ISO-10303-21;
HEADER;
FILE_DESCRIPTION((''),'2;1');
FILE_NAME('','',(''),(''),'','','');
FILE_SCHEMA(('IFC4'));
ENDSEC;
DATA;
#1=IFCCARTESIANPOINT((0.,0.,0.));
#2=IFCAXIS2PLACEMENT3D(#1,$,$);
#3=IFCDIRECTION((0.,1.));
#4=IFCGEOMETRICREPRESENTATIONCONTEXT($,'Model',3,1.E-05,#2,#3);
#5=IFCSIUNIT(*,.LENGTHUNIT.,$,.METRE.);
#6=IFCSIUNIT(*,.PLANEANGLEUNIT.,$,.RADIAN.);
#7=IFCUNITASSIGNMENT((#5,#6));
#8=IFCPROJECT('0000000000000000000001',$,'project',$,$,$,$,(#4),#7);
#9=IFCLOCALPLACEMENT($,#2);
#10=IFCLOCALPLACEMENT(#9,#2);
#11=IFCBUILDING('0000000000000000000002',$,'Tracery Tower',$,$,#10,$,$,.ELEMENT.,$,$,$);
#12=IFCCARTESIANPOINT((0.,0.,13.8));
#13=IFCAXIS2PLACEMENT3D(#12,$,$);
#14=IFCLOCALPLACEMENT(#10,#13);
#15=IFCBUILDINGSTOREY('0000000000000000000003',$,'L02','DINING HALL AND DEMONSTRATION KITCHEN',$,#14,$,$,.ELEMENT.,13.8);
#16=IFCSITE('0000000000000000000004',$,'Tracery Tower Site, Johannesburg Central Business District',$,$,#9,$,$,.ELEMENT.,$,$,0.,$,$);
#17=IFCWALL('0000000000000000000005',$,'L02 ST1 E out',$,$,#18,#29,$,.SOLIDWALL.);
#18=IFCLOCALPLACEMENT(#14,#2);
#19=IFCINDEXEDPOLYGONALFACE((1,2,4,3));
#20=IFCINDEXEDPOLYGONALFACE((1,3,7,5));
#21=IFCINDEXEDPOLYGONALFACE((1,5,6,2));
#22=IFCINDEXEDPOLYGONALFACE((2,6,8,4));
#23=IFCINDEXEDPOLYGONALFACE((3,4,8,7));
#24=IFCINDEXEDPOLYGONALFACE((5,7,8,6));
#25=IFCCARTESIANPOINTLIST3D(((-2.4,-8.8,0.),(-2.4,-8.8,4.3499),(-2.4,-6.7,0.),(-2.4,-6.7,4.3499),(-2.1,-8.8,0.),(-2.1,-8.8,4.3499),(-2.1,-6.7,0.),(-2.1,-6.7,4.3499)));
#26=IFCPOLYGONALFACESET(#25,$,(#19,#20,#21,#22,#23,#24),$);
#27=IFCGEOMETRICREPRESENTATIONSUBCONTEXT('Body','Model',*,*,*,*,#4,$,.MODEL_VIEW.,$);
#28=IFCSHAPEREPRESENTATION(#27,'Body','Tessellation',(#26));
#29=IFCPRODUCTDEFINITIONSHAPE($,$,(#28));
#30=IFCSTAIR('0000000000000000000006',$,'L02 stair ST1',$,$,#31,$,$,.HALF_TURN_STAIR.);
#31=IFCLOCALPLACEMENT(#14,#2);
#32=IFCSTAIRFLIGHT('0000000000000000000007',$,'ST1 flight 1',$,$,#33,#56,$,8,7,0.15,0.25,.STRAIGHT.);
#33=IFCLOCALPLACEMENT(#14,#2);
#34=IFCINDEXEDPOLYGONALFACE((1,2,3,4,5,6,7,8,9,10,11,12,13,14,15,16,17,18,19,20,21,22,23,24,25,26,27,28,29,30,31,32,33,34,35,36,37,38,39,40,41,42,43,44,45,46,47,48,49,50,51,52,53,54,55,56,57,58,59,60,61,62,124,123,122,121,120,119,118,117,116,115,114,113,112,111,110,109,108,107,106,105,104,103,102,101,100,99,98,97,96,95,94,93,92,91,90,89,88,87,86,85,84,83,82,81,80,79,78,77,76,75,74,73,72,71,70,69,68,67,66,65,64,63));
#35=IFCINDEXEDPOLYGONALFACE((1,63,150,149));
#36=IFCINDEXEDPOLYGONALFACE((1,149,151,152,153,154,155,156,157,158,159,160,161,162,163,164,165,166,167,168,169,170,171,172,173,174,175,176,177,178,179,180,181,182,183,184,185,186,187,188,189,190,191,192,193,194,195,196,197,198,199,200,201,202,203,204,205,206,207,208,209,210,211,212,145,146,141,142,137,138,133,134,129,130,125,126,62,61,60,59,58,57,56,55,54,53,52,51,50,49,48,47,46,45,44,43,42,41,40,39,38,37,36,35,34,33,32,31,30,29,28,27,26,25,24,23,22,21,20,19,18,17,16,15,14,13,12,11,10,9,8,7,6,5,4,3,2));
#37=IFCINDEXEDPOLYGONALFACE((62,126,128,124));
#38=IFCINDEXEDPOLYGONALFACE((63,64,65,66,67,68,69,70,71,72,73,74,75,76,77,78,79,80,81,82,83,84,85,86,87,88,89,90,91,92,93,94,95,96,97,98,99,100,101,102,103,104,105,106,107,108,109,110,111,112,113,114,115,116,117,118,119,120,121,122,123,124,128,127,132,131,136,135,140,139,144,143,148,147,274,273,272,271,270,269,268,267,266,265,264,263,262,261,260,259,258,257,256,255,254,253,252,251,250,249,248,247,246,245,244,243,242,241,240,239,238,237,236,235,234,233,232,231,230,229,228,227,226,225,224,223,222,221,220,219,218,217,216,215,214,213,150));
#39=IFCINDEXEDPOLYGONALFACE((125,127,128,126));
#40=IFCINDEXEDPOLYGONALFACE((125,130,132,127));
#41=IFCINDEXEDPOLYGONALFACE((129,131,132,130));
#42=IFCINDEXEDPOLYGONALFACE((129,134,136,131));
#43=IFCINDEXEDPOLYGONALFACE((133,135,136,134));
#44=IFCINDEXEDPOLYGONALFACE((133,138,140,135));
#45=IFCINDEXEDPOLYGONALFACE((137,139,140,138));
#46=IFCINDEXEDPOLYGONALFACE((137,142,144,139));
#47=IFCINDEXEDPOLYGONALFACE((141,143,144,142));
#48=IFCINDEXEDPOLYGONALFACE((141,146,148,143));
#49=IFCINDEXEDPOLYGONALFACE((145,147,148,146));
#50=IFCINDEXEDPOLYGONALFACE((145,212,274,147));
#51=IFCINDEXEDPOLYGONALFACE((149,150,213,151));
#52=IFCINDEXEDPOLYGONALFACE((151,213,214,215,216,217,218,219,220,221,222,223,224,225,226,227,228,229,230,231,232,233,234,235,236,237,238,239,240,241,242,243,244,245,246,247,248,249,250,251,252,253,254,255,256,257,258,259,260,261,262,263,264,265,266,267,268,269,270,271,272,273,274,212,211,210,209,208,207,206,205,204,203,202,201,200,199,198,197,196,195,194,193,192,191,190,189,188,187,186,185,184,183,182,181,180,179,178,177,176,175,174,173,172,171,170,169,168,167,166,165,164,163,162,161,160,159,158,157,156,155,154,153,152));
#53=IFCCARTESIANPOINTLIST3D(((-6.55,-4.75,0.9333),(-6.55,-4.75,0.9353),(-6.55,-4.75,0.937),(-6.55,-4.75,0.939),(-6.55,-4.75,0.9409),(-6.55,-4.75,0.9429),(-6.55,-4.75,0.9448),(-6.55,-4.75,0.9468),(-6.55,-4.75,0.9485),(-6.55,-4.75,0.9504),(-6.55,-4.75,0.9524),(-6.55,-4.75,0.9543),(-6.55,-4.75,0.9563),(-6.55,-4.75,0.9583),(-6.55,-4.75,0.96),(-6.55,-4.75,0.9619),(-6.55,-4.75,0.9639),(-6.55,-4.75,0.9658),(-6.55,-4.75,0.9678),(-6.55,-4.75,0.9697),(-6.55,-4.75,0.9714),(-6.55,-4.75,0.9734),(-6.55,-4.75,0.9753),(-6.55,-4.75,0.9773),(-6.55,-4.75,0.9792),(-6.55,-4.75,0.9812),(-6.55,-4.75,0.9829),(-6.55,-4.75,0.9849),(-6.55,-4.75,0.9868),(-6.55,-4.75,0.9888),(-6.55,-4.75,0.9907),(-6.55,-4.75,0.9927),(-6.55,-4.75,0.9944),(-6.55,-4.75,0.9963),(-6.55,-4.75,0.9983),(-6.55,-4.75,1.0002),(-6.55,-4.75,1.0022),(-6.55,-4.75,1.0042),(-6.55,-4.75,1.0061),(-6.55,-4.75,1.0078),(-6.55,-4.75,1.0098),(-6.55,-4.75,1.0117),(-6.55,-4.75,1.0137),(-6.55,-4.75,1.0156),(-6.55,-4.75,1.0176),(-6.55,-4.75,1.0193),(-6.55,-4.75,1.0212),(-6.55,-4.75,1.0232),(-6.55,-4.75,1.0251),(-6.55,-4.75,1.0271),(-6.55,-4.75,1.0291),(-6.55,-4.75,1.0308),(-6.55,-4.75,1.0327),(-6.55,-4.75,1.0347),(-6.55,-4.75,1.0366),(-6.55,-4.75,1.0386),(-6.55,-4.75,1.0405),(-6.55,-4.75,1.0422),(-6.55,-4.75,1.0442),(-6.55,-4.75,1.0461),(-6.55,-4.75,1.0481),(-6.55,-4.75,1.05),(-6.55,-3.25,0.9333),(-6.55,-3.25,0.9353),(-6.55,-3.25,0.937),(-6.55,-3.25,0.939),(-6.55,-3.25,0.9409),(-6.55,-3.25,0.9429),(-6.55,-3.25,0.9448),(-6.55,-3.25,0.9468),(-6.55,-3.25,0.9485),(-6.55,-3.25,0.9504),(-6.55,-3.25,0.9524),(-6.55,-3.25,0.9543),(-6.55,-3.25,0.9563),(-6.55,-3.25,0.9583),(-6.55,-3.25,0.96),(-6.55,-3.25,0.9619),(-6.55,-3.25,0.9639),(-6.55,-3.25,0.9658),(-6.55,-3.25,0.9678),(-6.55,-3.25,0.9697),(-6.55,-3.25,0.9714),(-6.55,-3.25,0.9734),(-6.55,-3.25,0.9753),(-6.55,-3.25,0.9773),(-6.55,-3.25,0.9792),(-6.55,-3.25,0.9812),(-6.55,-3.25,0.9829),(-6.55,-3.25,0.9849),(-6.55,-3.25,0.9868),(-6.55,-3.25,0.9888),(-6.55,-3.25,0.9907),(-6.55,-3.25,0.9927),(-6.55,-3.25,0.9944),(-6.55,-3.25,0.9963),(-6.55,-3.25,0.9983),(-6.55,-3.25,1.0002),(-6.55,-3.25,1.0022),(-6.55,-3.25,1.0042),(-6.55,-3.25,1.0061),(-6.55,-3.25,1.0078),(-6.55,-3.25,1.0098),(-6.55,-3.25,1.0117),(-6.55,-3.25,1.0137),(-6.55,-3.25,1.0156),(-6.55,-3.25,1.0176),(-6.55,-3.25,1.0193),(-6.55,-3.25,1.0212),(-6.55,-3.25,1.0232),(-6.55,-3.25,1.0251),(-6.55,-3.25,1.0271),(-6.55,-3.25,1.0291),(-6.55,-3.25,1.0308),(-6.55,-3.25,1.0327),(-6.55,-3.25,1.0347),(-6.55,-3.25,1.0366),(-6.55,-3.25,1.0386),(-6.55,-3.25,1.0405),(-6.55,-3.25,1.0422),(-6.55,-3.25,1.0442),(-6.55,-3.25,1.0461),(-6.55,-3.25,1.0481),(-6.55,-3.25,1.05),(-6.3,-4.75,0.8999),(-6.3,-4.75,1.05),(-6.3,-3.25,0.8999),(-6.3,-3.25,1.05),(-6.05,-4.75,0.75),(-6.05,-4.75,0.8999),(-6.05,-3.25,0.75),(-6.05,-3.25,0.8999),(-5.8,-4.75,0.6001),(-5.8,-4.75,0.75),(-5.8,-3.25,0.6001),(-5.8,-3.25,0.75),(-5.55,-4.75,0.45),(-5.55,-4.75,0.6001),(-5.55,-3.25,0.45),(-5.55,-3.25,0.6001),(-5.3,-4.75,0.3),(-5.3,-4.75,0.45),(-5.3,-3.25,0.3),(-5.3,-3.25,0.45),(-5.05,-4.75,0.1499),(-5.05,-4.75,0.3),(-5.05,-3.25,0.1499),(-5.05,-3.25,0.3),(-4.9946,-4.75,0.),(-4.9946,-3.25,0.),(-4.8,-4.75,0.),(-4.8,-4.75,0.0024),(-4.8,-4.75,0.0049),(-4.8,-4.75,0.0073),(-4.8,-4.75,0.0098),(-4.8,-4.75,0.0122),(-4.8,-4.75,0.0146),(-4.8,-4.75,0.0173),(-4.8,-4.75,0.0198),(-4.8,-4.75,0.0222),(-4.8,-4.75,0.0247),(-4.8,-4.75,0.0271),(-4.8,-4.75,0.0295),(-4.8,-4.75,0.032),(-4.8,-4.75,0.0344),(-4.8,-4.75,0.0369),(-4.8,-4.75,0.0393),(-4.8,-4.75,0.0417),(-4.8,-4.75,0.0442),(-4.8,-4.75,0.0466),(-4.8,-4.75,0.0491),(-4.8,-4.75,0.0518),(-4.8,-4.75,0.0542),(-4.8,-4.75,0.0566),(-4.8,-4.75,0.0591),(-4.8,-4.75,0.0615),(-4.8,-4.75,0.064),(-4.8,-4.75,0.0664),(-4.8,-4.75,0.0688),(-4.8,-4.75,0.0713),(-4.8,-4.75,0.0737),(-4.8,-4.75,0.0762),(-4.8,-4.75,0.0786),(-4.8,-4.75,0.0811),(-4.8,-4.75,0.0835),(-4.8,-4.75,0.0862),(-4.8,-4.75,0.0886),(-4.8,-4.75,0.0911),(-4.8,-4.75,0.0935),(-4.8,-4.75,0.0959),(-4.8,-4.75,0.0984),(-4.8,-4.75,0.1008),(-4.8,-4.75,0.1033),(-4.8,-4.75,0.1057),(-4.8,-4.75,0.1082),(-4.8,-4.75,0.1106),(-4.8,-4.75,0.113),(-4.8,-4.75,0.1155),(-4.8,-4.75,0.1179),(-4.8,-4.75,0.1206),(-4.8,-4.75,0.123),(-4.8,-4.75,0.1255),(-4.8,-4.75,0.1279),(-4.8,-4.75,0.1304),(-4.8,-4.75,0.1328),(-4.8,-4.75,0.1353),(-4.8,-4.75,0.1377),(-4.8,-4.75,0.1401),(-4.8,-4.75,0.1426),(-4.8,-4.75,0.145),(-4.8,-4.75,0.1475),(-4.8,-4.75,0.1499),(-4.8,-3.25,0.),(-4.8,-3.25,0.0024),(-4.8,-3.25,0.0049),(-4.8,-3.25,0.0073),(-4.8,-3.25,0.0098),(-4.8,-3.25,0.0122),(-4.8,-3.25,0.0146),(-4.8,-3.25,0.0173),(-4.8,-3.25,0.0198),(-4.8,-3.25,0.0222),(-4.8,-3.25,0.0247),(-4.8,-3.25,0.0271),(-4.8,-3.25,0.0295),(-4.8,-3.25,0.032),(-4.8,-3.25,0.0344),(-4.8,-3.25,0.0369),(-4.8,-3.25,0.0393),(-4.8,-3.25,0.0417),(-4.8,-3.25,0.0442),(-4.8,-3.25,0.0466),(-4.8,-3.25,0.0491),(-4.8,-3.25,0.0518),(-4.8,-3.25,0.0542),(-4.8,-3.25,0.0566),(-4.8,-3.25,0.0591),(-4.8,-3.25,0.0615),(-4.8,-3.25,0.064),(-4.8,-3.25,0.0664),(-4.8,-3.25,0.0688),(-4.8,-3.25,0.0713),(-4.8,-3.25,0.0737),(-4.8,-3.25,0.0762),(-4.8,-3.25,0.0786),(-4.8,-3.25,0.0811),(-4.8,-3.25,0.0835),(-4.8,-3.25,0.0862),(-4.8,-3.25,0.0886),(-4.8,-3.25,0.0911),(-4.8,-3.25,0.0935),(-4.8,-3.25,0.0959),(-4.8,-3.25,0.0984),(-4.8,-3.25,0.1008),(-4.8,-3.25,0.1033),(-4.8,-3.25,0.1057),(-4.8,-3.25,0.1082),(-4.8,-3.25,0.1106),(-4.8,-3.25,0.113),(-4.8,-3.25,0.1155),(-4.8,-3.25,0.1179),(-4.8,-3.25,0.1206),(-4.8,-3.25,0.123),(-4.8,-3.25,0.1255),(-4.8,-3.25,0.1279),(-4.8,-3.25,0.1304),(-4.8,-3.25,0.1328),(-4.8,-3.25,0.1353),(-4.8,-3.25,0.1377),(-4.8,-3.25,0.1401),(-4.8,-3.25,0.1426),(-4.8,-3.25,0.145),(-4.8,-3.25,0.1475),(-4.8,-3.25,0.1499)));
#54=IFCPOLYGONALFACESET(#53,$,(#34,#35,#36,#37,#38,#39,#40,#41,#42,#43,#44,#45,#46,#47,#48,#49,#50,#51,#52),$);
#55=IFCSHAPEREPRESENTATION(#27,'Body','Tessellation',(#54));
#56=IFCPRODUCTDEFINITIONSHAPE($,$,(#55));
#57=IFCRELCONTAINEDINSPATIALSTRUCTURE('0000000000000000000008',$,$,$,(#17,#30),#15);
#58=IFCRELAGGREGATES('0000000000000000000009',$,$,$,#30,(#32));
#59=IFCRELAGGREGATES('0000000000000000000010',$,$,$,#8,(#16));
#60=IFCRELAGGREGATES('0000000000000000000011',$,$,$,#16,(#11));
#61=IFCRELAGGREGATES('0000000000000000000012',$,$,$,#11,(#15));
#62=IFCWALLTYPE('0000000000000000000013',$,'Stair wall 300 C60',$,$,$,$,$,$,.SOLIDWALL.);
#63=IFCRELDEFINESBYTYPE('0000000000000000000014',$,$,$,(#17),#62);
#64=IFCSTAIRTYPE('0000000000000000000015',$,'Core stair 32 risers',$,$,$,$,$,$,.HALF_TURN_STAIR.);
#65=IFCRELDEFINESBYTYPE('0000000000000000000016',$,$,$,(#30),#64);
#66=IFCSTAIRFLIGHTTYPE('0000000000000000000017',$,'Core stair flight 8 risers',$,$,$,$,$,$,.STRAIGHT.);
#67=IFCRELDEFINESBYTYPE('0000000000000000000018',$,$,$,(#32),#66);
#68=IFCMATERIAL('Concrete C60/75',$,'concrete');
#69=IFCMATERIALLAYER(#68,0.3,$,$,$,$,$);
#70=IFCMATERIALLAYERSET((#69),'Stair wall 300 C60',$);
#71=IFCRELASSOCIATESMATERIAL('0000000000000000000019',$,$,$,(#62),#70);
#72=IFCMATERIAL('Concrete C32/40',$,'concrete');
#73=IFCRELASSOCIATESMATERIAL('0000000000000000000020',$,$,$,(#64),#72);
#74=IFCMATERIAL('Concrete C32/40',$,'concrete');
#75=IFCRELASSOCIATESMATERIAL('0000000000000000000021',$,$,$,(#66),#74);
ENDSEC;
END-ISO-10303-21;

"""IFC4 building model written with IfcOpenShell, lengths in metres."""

from ifc_helpers import new_model, si_unit, direction, frame, frame_2d, origin, place, context, subcontext, project, spatial, polyline, rectangle, outline, extrude, material, layer, layer_set, type_object, element, aggregate, save


model = new_model("IFC4")

# Units and contexts
model_context = context("Model", 3, precision=1e-05, world=origin(), true_north=direction((0.0, 1.0)))
body_context = subcontext(model_context, "Body", "Model", "MODEL_VIEW")
ifc_project = project(units=[si_unit("LENGTHUNIT", "METRE"), si_unit("PLANEANGLEUNIT", "RADIAN")], contexts=[model_context])

# Site, building, storey
site_placement = place(None, origin())
site = spatial("IfcSite", under=ifc_project, at=site_placement, Name="Tracery Tower Site, Johannesburg Central Business District", CompositionType="ELEMENT", RefElevation=0.0)
building_placement = place(site_placement, origin())
building = spatial("IfcBuilding", under=site, at=building_placement, Name="Tracery Tower", CompositionType="ELEMENT")
storey_placement = place(building_placement, frame((0.0, 0.0, 13.8)))
storey = spatial("IfcBuildingStorey", under=building, at=storey_placement, Name="L02", Description="DINING HALL AND DEMONSTRATION KITCHEN", CompositionType="ELEMENT", Elevation=13.8)

# Shared definitions
ifc_material_1 = material(Name="Concrete C60/75", Category="concrete")
ifc_layer_1 = layer(ifc_material_1, 0.3)
ifc_layer_set_1 = layer_set([ifc_layer_1], Name="Stair wall 300 C60")
wall_type_1 = type_object("IfcWallType", Name="Stair wall 300 C60", PredefinedType="SOLIDWALL", material=ifc_layer_set_1)

# Wall
wall_1_placement = place(storey_placement, frame((-2.25, -8.8, 0.0), z_axis=(0.0, 0.0, 1.0), x_axis=(0.0, 1.0, 0.0)))
element("IfcWall", 1, at=wall_1_placement, inside=storey, type_object=wall_type_1, Name="L02 ST1 E out", PredefinedType="SOLIDWALL", context=body_context, shape_type="SweptSolid", body=[
    extrude(rectangle(XDim=2.1001, YDim=0.3, at=frame_2d((1.05, 0.0))), origin(), (0.0, 0.0, 1.0), 4.3499),
])

# Stair, stair flight
ifc_material_2 = material(Name="Concrete C32/40", Category="concrete")
stair_type = type_object("IfcStairType", Name="Core stair 32 risers", PredefinedType="HALF_TURN_STAIR", material=ifc_material_2)
stair_placement = place(storey_placement, origin())
stair = element("IfcStair", 2, at=stair_placement, inside=storey, type_object=stair_type, Name="L02 stair ST1", PredefinedType="HALF_TURN_STAIR")
ifc_material_3 = material(Name="Concrete C32/40", Category="concrete")
stair_flight_type = type_object("IfcStairFlightType", Name="Core stair flight 8 risers", PredefinedType="STRAIGHT", material=ifc_material_3)
stair_flight_1_placement = place(storey_placement, frame((-4.8, -4.0, 0.0), z_axis=(0.0, 0.0, 1.0), x_axis=(-1.0, 0.0, 0.0)))
stair_flight_1 = element("IfcStairFlight", 3, at=stair_flight_1_placement, type_object=stair_flight_type, Name="ST1 flight 1", NumberOfRisers=8, NumberOfTreads=7, PredefinedType="STRAIGHT", RiserHeight=0.15, TreadLength=0.25, context=body_context, shape_type="SweptSolid", body=[
    extrude(outline(polyline([(0.0, 0.0), (0.0, 0.0024), (0.0, 0.0049), (0.0, 0.0073), (0.0, 0.0098), (0.0, 0.0122), (0.0, 0.0146), (0.0, 0.0173), (0.0, 0.0198), (0.0, 0.0222), (0.0, 0.0247), (0.0, 0.0271), (0.0, 0.0295), (0.0, 0.032), (0.0, 0.0344), (0.0, 0.0369), (0.0, 0.0393), (0.0, 0.0417), (0.0, 0.0442), (0.0, 0.0466), (0.0, 0.0491), (0.0, 0.0518), (0.0, 0.0542), (0.0, 0.0566), (0.0, 0.0591), (0.0, 0.0615), (0.0, 0.064), (0.0, 0.0664), (0.0, 0.0688), (0.0, 0.0713), (0.0, 0.0737), (0.0, 0.0762), (0.0, 0.0786), (0.0, 0.0811), (0.0, 0.0835), (0.0, 0.0862), (0.0, 0.0886), (0.0, 0.0911), (0.0, 0.0935), (0.0, 0.0959), (0.0, 0.0984), (0.0, 0.1008), (0.0, 0.1033), (0.0, 0.1057), (0.0, 0.1082), (0.0, 0.1106), (0.0, 0.113), (0.0, 0.1155), (0.0, 0.1179), (0.0, 0.1206), (0.0, 0.123), (0.0, 0.1255), (0.0, 0.1279), (0.0, 0.1304), (0.0, 0.1328), (0.0, 0.1353), (0.0, 0.1377), (0.0, 0.1401), (0.0, 0.1426), (0.0, 0.145), (0.0, 0.1475), (0.0, 0.1499), (0.25, 0.1499), (0.25, 0.3), (0.5, 0.3), (0.5, 0.45), (0.75, 0.45), (0.75, 0.6001), (1.0, 0.6001), (1.0, 0.75), (1.25, 0.75), (1.25, 0.8999), (1.5, 0.8999), (1.5, 1.05), (1.75, 1.05), (1.75, 1.0481), (1.75, 1.0461), (1.75, 1.0442), (1.75, 1.0422), (1.75, 1.0405), (1.75, 1.0386), (1.75, 1.0366), (1.75, 1.0347), (1.75, 1.0327), (1.75, 1.0308), (1.75, 1.0291), (1.75, 1.0271), (1.75, 1.0251), (1.75, 1.0232), (1.75, 1.0212), (1.75, 1.0193), (1.75, 1.0176), (1.75, 1.0156), (1.75, 1.0137), (1.75, 1.0117), (1.75, 1.0098), (1.75, 1.0078), (1.75, 1.0061), (1.75, 1.0042), (1.75, 1.0022), (1.75, 1.0002), (1.75, 0.9983), (1.75, 0.9963), (1.75, 0.9944), (1.75, 0.9927), (1.75, 0.9907), (1.75, 0.9888), (1.75, 0.9868), (1.75, 0.9849), (1.75, 0.9829), (1.75, 0.9812), (1.75, 0.9792), (1.75, 0.9773), (1.75, 0.9753), (1.75, 0.9734), (1.75, 0.9714), (1.75, 0.9697), (1.75, 0.9678), (1.75, 0.9658), (1.75, 0.9639), (1.75, 0.9619), (1.75, 0.96), (1.75, 0.9583), (1.75, 0.9563), (1.75, 0.9543), (1.75, 0.9524), (1.75, 0.9504), (1.75, 0.9485), (1.75, 0.9468), (1.75, 0.9448), (1.75, 0.9429), (1.75, 0.9409), (1.75, 0.939), (1.75, 0.937), (1.75, 0.9353), (1.75, 0.9333), (0.1946, 0.0), (0.0, 0.0)])), frame((0.0, 0.75, 0.0), z_axis=(0.0, -1.0, 0.0), x_axis=(1.0, 0.0, 0.0)), (0.0, 0.0, 1.0), 1.5),
])
aggregate(stair, [stair_flight_1])

save(model, "model.ifc")
